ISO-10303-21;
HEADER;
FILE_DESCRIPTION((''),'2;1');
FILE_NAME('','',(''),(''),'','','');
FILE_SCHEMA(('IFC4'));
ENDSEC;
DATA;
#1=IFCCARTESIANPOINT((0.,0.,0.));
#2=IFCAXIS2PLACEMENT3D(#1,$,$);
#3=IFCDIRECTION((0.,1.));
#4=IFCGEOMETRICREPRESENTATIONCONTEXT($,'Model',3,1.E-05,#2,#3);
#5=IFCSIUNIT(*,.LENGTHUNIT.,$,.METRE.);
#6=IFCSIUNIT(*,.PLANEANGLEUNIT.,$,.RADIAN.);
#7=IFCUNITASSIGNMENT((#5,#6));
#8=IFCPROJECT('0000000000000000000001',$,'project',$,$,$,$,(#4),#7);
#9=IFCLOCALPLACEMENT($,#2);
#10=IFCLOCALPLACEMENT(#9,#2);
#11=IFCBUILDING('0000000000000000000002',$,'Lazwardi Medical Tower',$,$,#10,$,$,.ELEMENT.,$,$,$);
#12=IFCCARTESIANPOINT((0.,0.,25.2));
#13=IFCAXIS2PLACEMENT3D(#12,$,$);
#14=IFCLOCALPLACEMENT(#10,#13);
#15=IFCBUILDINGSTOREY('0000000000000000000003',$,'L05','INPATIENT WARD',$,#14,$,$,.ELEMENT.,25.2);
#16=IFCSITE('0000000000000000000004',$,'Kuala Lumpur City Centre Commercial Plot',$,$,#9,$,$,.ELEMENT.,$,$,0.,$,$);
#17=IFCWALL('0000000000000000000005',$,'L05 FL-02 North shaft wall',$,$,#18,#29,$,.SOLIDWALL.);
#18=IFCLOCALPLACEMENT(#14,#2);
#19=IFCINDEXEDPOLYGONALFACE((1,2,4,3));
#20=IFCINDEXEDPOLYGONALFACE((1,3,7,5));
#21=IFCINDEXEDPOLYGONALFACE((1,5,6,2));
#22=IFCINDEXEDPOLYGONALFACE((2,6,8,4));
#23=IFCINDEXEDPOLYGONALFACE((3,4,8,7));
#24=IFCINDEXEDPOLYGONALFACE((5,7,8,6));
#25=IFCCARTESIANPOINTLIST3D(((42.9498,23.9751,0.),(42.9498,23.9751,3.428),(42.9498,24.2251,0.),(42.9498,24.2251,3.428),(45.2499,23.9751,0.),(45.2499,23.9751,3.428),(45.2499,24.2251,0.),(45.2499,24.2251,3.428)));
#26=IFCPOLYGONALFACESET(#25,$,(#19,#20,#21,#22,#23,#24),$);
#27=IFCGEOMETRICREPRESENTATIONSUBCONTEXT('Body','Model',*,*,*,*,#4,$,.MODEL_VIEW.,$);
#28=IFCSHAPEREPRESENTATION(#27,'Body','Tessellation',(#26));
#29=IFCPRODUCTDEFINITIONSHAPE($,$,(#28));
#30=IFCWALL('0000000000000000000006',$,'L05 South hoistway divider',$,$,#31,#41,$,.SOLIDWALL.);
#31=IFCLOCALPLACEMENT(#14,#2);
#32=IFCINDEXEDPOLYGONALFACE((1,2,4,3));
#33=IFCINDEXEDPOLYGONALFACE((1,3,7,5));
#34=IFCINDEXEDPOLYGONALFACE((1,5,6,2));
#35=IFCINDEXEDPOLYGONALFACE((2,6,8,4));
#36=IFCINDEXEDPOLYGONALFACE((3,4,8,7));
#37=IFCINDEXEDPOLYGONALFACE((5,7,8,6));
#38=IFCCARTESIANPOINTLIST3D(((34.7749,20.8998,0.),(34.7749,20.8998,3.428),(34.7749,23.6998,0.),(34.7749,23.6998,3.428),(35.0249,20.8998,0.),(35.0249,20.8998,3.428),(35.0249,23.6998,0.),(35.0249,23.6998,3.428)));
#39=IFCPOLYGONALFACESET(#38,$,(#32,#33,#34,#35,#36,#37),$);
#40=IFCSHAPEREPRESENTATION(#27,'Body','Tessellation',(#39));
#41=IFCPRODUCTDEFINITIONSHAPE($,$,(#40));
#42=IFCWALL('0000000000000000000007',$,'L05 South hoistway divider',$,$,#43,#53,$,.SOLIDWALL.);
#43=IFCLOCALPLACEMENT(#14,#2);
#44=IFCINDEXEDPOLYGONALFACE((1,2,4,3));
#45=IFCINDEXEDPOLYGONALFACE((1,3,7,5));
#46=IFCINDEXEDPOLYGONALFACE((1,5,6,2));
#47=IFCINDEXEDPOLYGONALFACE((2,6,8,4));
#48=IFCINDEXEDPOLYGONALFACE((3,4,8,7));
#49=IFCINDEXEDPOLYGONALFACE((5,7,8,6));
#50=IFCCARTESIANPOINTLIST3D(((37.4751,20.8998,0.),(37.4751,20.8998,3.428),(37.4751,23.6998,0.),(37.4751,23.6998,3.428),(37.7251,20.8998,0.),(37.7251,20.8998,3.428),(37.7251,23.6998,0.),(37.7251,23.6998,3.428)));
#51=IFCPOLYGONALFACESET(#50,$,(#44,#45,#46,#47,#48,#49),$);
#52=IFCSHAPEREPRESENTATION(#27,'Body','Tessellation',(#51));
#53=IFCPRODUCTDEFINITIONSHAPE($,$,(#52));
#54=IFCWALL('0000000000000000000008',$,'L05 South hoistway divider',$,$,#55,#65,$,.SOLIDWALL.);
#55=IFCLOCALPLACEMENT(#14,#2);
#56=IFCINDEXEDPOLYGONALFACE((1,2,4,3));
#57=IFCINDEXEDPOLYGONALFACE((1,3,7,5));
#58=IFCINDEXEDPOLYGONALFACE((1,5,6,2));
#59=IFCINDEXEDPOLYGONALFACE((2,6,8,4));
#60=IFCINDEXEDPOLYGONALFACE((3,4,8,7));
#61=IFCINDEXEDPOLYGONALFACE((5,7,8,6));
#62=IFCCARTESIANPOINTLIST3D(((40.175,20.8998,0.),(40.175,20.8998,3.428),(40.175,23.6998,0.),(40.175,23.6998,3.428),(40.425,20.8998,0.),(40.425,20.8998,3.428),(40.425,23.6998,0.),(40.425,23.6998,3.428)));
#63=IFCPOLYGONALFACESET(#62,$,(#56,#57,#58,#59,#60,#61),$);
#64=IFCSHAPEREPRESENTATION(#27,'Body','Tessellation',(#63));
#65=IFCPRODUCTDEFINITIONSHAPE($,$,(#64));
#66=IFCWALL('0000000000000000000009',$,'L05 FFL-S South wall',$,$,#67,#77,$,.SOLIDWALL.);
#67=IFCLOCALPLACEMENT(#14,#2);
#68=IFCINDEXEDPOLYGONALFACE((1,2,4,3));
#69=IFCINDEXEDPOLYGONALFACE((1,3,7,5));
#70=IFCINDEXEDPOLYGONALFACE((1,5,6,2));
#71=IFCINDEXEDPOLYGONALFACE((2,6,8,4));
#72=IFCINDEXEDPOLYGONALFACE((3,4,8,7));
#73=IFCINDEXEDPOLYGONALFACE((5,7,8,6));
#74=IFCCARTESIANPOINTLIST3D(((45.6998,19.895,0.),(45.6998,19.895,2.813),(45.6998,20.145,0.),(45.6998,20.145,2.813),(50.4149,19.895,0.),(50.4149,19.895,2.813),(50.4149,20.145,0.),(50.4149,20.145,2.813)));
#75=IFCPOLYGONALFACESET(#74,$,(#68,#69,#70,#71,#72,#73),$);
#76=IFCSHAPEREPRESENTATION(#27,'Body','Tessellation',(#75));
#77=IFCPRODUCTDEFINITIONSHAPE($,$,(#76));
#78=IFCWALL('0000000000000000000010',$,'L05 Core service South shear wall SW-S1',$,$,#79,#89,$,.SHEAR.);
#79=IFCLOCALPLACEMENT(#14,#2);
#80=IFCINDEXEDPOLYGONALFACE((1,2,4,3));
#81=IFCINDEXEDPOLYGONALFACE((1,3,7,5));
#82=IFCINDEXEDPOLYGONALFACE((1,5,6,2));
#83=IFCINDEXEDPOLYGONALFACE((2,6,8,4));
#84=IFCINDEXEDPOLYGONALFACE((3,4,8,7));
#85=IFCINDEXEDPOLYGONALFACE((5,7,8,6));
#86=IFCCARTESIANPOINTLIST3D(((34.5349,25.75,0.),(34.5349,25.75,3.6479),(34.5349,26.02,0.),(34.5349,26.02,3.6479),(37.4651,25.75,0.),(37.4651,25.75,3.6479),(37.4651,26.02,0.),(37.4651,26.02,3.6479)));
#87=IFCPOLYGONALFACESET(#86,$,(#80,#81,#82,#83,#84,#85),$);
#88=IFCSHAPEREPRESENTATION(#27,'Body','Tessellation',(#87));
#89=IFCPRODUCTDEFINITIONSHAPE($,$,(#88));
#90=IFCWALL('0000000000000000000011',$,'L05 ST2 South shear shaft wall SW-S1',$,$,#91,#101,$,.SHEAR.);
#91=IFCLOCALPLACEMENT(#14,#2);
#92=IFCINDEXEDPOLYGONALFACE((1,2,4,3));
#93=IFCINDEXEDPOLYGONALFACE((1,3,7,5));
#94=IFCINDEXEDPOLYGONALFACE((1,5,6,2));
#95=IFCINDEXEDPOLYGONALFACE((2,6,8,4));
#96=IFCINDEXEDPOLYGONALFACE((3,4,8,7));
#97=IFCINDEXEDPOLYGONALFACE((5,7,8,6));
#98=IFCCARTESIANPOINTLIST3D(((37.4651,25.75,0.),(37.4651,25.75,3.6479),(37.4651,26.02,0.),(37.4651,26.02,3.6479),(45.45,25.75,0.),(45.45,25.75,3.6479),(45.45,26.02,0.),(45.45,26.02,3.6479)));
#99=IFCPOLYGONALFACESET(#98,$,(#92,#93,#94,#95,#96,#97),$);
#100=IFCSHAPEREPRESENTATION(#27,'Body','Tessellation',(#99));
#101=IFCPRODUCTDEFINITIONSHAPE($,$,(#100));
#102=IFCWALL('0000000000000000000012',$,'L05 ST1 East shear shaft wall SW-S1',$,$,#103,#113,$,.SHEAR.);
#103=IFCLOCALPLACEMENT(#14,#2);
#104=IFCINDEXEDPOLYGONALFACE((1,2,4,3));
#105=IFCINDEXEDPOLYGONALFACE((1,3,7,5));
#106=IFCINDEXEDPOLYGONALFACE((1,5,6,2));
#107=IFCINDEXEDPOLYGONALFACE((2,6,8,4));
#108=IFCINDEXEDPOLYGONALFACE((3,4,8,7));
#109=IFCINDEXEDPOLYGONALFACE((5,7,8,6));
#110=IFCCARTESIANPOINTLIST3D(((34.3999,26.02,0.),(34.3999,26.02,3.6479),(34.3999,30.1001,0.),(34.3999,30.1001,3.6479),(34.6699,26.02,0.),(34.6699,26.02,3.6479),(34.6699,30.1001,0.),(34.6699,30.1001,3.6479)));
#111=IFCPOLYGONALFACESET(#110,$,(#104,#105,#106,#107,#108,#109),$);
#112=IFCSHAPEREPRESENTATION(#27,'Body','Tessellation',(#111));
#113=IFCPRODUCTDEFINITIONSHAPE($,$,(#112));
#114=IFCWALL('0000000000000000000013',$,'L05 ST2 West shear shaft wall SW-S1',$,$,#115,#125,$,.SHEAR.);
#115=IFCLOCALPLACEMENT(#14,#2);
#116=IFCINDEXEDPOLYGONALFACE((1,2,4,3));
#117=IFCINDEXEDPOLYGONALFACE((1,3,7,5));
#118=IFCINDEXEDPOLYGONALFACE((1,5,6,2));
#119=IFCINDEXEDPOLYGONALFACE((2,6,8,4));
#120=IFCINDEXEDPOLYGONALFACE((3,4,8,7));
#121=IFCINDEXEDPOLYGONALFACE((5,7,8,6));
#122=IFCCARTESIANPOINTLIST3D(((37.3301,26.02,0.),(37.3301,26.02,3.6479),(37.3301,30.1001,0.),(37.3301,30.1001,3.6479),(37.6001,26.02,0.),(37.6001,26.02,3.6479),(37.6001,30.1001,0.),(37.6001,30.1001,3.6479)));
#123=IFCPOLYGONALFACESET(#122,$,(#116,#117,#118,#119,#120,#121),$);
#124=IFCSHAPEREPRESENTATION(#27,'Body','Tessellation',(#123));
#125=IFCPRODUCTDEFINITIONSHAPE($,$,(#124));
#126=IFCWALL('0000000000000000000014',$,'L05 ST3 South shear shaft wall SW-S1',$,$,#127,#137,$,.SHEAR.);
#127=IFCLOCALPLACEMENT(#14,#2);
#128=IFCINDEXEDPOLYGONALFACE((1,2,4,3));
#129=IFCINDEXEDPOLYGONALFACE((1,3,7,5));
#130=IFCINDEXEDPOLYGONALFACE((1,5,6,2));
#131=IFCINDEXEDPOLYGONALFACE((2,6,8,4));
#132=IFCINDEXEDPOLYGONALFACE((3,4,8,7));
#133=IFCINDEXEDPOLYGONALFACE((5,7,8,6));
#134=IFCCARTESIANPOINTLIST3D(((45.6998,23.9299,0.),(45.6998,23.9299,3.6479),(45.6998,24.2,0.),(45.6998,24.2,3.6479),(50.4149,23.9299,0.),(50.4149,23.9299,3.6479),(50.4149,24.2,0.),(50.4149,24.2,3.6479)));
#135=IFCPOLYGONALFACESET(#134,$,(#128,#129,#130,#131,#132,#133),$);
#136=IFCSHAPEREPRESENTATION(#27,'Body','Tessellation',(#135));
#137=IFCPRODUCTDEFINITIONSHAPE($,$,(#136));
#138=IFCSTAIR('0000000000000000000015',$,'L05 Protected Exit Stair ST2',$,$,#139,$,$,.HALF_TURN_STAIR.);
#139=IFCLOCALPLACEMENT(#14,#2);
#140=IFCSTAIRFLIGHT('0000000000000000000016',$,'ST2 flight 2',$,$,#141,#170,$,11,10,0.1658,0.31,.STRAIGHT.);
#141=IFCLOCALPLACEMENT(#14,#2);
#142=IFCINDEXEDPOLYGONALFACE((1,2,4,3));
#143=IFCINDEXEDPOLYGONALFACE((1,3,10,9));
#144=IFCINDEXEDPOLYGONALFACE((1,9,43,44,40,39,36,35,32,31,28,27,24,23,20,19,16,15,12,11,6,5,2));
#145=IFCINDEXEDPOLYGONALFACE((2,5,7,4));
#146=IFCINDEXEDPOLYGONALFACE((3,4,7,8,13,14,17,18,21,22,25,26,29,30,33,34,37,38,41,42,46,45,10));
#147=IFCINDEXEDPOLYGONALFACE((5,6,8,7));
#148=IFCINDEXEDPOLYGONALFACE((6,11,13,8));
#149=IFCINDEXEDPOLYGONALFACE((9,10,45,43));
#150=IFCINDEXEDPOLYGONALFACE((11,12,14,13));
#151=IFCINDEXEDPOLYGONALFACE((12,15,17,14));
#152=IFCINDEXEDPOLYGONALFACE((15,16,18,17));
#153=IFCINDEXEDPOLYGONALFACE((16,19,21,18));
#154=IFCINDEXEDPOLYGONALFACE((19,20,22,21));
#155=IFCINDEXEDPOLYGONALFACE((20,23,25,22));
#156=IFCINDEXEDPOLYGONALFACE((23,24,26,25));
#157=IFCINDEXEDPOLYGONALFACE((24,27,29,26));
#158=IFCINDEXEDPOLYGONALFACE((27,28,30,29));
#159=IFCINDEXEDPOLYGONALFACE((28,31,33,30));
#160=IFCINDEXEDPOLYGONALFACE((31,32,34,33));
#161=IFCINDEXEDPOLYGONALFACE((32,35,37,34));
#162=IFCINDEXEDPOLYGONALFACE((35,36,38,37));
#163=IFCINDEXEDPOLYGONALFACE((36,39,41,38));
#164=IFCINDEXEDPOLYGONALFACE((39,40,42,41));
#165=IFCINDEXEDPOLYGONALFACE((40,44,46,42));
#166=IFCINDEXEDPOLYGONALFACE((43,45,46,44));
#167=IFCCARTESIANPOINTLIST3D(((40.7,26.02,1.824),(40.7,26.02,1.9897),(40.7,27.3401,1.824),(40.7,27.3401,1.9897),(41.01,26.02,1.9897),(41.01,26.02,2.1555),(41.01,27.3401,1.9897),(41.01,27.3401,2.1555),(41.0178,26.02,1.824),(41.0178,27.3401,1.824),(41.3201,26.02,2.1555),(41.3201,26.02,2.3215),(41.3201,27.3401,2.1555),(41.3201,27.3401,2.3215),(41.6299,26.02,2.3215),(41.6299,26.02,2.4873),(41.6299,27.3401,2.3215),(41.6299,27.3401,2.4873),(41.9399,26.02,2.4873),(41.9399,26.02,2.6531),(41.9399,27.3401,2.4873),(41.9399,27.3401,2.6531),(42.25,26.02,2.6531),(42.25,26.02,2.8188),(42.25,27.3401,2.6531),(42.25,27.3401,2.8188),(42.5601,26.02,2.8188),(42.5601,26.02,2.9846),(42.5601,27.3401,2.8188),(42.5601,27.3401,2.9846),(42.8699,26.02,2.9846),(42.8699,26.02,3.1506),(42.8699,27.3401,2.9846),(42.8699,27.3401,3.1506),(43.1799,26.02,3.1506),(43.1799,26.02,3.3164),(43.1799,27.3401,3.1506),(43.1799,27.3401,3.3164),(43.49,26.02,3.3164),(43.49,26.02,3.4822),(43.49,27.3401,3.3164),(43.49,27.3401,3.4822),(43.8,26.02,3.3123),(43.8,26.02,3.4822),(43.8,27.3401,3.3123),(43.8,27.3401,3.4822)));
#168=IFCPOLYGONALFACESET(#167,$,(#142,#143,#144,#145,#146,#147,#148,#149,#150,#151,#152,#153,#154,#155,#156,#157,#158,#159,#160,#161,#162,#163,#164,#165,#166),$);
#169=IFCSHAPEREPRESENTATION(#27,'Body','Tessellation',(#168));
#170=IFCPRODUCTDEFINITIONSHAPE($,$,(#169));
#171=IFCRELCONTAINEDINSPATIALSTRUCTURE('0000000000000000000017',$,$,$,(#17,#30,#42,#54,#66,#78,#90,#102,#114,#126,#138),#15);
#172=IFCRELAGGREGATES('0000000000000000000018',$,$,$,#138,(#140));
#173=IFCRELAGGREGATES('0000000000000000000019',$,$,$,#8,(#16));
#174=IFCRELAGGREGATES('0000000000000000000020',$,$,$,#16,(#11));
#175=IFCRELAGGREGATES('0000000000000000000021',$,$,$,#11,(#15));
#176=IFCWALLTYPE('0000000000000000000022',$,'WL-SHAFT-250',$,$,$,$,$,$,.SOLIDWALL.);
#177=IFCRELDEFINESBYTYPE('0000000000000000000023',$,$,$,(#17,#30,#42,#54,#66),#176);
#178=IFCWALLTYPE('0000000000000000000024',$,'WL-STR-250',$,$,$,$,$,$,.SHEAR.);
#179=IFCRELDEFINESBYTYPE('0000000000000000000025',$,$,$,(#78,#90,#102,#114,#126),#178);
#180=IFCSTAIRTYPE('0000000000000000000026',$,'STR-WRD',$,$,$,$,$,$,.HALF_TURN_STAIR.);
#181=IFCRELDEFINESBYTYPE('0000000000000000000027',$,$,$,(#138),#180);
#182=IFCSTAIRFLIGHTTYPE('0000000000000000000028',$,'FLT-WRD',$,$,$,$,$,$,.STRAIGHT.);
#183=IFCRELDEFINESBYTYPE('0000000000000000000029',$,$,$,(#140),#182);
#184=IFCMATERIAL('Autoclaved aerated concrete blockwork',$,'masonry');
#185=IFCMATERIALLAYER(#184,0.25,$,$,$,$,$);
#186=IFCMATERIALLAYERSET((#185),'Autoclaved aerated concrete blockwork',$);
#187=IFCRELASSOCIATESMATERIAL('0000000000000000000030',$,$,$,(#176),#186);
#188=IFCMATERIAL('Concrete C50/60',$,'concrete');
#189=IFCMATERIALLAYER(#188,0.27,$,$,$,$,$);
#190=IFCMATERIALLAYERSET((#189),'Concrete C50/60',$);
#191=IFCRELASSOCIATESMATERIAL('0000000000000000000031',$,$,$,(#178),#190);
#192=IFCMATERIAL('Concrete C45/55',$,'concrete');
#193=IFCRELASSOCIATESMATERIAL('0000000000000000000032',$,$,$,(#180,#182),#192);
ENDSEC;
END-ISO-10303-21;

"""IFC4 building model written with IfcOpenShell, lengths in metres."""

from ifc_helpers import new_model, si_unit, direction, frame, frame_2d, origin, place, context, subcontext, project, spatial, polyline, rectangle, outline, extrude, material, layer, layer_set, type_object, element, aggregate, save


model = new_model("IFC4")

# Units and contexts
model_context = context("Model", 3, precision=1e-05, world=origin(), true_north=direction((0.0, 1.0)))
body_context = subcontext(model_context, "Body", "Model", "MODEL_VIEW")
ifc_project = project(units=[si_unit("LENGTHUNIT", "METRE"), si_unit("PLANEANGLEUNIT", "RADIAN")], contexts=[model_context])

# Site, building, storey
site_placement = place(None, origin())
site = spatial("IfcSite", under=ifc_project, at=site_placement, Name="Kuala Lumpur City Centre Commercial Plot", CompositionType="ELEMENT", RefElevation=0.0)
building_placement = place(site_placement, origin())
building = spatial("IfcBuilding", under=site, at=building_placement, Name="Lazwardi Medical Tower", CompositionType="ELEMENT")
storey_placement = place(building_placement, frame((0.0, 0.0, 25.2)))
storey = spatial("IfcBuildingStorey", under=building, at=storey_placement, Name="L05", Description="INPATIENT WARD", CompositionType="ELEMENT", Elevation=25.2)

# Walls
ifc_material_1 = material(Name="Autoclaved aerated concrete blockwork", Category="masonry")
ifc_layer_1 = layer(ifc_material_1, 0.25)
ifc_layer_set_1 = layer_set([ifc_layer_1], Name="Autoclaved aerated concrete blockwork")
wall_type_1 = type_object("IfcWallType", Name="WL-SHAFT-250", PredefinedType="SOLIDWALL", material=ifc_layer_set_1)
wall_1_placement = place(storey_placement, frame((42.95, 24.1001, 0.0), z_axis=(0.0, 0.0, 1.0), x_axis=(1.0, 0.0, 0.0)))
element("IfcWall", 1, at=wall_1_placement, inside=storey, type_object=wall_type_1, Name="L05 FL-02 North shaft wall", PredefinedType="SOLIDWALL", context=body_context, shape_type="SweptSolid", body=[
    extrude(rectangle(XDim=2.3, YDim=0.25, at=frame_2d((1.1499, 0.0))), origin(), (0.0, 0.0, 1.0), 3.428),
])
for number, where, z_axis, x_axis, name in (
    (2, (34.8999, 20.8999, 0.0), (0.0, 0.0, 1.0), (0.0, 1.0, 0.0), "L05 South hoistway divider"),
    (3, (37.6001, 20.8999, 0.0), (0.0, 0.0, 1.0), (0.0, 1.0, 0.0), "L05 South hoistway divider"),
    (4, (40.3, 20.8999, 0.0), (0.0, 0.0, 1.0), (0.0, 1.0, 0.0), "L05 South hoistway divider"),
):
    element("IfcWall", number, at=place(storey_placement, frame(where, z_axis=z_axis, x_axis=x_axis)), inside=storey, type_object=wall_type_1, Name=name, PredefinedType="SOLIDWALL", context=body_context, shape_type="SweptSolid", body=[
        extrude(rectangle(XDim=2.8, YDim=0.25, at=frame_2d((1.3999, 0.0))), origin(), (0.0, 0.0, 1.0), 3.428),
    ])
wall_2_placement = place(storey_placement, frame((45.7, 20.02, 0.0), z_axis=(0.0, 0.0, 1.0), x_axis=(1.0, 0.0, 0.0)))
element("IfcWall", 5, at=wall_2_placement, inside=storey, type_object=wall_type_1, Name="L05 FFL-S South wall", PredefinedType="SOLIDWALL", context=body_context, shape_type="SweptSolid", body=[
    extrude(rectangle(XDim=4.7151, YDim=0.25, at=frame_2d((2.3574, 0.0))), origin(), (0.0, 0.0, 1.0), 2.813),
])
ifc_material_2 = material(Name="Concrete C50/60", Category="concrete")
ifc_layer_2 = layer(ifc_material_2, 0.27)
ifc_layer_set_2 = layer_set([ifc_layer_2], Name="Concrete C50/60")
wall_type_2 = type_object("IfcWallType", Name="WL-STR-250", PredefinedType="SHEAR", material=ifc_layer_set_2)
wall_3_placement = place(storey_placement, frame((34.5349, 25.885, 0.0), z_axis=(0.0, 0.0, 1.0), x_axis=(1.0, 0.0, 0.0)))
element("IfcWall", 6, at=wall_3_placement, inside=storey, type_object=wall_type_2, Name="L05 Core service South shear wall SW-S1", PredefinedType="SHEAR", context=body_context, shape_type="SweptSolid", body=[
    extrude(rectangle(XDim=2.9302, YDim=0.27, at=frame_2d((1.4651, 0.0))), origin(), (0.0, 0.0, 1.0), 3.6479),
])
wall_4_placement = place(storey_placement, frame((37.4651, 25.885, 0.0), z_axis=(0.0, 0.0, 1.0), x_axis=(1.0, 0.0, 0.0)))
element("IfcWall", 7, at=wall_4_placement, inside=storey, type_object=wall_type_2, Name="L05 ST2 South shear shaft wall SW-S1", PredefinedType="SHEAR", context=body_context, shape_type="SweptSolid", body=[
    extrude(rectangle(XDim=7.9849, YDim=0.27, at=frame_2d((3.9924, 0.0))), origin(), (0.0, 0.0, 1.0), 3.6479),
])
for number, where, z_axis, x_axis, name in (
    (8, (34.5349, 26.02, 0.0), (0.0, 0.0, 1.0), (0.0, 1.0, 0.0), "L05 ST1 East shear shaft wall SW-S1"),
    (9, (37.4651, 26.02, 0.0), (0.0, 0.0, 1.0), (0.0, 1.0, 0.0), "L05 ST2 West shear shaft wall SW-S1"),
):
    element("IfcWall", number, at=place(storey_placement, frame(where, z_axis=z_axis, x_axis=x_axis)), inside=storey, type_object=wall_type_2, Name=name, PredefinedType="SHEAR", context=body_context, shape_type="SweptSolid", body=[
        extrude(rectangle(XDim=4.0801, YDim=0.27, at=frame_2d((2.04, 0.0))), origin(), (0.0, 0.0, 1.0), 3.6479),
    ])
wall_5_placement = place(storey_placement, frame((45.7, 24.0649, 0.0), z_axis=(0.0, 0.0, 1.0), x_axis=(1.0, 0.0, 0.0)))
element("IfcWall", 10, at=wall_5_placement, inside=storey, type_object=wall_type_2, Name="L05 ST3 South shear shaft wall SW-S1", PredefinedType="SHEAR", context=body_context, shape_type="SweptSolid", body=[
    extrude(rectangle(XDim=4.7151, YDim=0.27, at=frame_2d((2.3574, 0.0))), origin(), (0.0, 0.0, 1.0), 3.6479),
])

# Stair, stair flight
ifc_material_3 = material(Name="Concrete C45/55", Category="concrete")
stair_type = type_object("IfcStairType", Name="STR-WRD", PredefinedType="HALF_TURN_STAIR", material=ifc_material_3)
stair_placement = place(storey_placement, origin())
stair = element("IfcStair", 11, at=stair_placement, inside=storey, type_object=stair_type, Name="L05 Protected Exit Stair ST2", PredefinedType="HALF_TURN_STAIR")
stair_flight_type = type_object("IfcStairFlightType", Name="FLT-WRD", PredefinedType="STRAIGHT", material=ifc_material_3)
stair_flight_placement = place(storey_placement, frame((40.7, 26.6799, 1.824), z_axis=(0.0, 0.0, 1.0), x_axis=(1.0, 0.0, 0.0)))
stair_flight = element("IfcStairFlight", 12, at=stair_flight_placement, type_object=stair_flight_type, Name="ST2 flight 2", NumberOfRisers=11, NumberOfTreads=10, PredefinedType="STRAIGHT", RiserHeight=0.1658, TreadLength=0.31, context=body_context, shape_type="SweptSolid", body=[
    extrude(outline(polyline([(0.0, 0.0), (0.0, 0.1658), (0.3101, 0.1658), (0.3101, 0.3315), (0.6201, 0.3315), (0.6201, 0.4976), (0.9299, 0.4976), (0.9299, 0.6633), (1.24, 0.6633), (1.24, 0.8291), (1.55, 0.8291), (1.55, 0.9949), (1.8601, 0.9949), (1.8601, 1.1606), (2.1699, 1.1606), (2.1699, 1.3267), (2.48, 1.3267), (2.48, 1.4924), (2.79, 1.4924), (2.79, 1.6582), (3.1001, 1.6582), (3.1001, 1.824), (3.1001, 1.4883), (0.3179, 0.0), (0.0, 0.0)])), frame((0.0, 0.6602, 0.0), z_axis=(0.0, -1.0, 0.0), x_axis=(1.0, 0.0, 0.0)), (0.0, 0.0, 1.0), 1.3201),
])
aggregate(stair, [stair_flight])

save(model, "model.ifc")
